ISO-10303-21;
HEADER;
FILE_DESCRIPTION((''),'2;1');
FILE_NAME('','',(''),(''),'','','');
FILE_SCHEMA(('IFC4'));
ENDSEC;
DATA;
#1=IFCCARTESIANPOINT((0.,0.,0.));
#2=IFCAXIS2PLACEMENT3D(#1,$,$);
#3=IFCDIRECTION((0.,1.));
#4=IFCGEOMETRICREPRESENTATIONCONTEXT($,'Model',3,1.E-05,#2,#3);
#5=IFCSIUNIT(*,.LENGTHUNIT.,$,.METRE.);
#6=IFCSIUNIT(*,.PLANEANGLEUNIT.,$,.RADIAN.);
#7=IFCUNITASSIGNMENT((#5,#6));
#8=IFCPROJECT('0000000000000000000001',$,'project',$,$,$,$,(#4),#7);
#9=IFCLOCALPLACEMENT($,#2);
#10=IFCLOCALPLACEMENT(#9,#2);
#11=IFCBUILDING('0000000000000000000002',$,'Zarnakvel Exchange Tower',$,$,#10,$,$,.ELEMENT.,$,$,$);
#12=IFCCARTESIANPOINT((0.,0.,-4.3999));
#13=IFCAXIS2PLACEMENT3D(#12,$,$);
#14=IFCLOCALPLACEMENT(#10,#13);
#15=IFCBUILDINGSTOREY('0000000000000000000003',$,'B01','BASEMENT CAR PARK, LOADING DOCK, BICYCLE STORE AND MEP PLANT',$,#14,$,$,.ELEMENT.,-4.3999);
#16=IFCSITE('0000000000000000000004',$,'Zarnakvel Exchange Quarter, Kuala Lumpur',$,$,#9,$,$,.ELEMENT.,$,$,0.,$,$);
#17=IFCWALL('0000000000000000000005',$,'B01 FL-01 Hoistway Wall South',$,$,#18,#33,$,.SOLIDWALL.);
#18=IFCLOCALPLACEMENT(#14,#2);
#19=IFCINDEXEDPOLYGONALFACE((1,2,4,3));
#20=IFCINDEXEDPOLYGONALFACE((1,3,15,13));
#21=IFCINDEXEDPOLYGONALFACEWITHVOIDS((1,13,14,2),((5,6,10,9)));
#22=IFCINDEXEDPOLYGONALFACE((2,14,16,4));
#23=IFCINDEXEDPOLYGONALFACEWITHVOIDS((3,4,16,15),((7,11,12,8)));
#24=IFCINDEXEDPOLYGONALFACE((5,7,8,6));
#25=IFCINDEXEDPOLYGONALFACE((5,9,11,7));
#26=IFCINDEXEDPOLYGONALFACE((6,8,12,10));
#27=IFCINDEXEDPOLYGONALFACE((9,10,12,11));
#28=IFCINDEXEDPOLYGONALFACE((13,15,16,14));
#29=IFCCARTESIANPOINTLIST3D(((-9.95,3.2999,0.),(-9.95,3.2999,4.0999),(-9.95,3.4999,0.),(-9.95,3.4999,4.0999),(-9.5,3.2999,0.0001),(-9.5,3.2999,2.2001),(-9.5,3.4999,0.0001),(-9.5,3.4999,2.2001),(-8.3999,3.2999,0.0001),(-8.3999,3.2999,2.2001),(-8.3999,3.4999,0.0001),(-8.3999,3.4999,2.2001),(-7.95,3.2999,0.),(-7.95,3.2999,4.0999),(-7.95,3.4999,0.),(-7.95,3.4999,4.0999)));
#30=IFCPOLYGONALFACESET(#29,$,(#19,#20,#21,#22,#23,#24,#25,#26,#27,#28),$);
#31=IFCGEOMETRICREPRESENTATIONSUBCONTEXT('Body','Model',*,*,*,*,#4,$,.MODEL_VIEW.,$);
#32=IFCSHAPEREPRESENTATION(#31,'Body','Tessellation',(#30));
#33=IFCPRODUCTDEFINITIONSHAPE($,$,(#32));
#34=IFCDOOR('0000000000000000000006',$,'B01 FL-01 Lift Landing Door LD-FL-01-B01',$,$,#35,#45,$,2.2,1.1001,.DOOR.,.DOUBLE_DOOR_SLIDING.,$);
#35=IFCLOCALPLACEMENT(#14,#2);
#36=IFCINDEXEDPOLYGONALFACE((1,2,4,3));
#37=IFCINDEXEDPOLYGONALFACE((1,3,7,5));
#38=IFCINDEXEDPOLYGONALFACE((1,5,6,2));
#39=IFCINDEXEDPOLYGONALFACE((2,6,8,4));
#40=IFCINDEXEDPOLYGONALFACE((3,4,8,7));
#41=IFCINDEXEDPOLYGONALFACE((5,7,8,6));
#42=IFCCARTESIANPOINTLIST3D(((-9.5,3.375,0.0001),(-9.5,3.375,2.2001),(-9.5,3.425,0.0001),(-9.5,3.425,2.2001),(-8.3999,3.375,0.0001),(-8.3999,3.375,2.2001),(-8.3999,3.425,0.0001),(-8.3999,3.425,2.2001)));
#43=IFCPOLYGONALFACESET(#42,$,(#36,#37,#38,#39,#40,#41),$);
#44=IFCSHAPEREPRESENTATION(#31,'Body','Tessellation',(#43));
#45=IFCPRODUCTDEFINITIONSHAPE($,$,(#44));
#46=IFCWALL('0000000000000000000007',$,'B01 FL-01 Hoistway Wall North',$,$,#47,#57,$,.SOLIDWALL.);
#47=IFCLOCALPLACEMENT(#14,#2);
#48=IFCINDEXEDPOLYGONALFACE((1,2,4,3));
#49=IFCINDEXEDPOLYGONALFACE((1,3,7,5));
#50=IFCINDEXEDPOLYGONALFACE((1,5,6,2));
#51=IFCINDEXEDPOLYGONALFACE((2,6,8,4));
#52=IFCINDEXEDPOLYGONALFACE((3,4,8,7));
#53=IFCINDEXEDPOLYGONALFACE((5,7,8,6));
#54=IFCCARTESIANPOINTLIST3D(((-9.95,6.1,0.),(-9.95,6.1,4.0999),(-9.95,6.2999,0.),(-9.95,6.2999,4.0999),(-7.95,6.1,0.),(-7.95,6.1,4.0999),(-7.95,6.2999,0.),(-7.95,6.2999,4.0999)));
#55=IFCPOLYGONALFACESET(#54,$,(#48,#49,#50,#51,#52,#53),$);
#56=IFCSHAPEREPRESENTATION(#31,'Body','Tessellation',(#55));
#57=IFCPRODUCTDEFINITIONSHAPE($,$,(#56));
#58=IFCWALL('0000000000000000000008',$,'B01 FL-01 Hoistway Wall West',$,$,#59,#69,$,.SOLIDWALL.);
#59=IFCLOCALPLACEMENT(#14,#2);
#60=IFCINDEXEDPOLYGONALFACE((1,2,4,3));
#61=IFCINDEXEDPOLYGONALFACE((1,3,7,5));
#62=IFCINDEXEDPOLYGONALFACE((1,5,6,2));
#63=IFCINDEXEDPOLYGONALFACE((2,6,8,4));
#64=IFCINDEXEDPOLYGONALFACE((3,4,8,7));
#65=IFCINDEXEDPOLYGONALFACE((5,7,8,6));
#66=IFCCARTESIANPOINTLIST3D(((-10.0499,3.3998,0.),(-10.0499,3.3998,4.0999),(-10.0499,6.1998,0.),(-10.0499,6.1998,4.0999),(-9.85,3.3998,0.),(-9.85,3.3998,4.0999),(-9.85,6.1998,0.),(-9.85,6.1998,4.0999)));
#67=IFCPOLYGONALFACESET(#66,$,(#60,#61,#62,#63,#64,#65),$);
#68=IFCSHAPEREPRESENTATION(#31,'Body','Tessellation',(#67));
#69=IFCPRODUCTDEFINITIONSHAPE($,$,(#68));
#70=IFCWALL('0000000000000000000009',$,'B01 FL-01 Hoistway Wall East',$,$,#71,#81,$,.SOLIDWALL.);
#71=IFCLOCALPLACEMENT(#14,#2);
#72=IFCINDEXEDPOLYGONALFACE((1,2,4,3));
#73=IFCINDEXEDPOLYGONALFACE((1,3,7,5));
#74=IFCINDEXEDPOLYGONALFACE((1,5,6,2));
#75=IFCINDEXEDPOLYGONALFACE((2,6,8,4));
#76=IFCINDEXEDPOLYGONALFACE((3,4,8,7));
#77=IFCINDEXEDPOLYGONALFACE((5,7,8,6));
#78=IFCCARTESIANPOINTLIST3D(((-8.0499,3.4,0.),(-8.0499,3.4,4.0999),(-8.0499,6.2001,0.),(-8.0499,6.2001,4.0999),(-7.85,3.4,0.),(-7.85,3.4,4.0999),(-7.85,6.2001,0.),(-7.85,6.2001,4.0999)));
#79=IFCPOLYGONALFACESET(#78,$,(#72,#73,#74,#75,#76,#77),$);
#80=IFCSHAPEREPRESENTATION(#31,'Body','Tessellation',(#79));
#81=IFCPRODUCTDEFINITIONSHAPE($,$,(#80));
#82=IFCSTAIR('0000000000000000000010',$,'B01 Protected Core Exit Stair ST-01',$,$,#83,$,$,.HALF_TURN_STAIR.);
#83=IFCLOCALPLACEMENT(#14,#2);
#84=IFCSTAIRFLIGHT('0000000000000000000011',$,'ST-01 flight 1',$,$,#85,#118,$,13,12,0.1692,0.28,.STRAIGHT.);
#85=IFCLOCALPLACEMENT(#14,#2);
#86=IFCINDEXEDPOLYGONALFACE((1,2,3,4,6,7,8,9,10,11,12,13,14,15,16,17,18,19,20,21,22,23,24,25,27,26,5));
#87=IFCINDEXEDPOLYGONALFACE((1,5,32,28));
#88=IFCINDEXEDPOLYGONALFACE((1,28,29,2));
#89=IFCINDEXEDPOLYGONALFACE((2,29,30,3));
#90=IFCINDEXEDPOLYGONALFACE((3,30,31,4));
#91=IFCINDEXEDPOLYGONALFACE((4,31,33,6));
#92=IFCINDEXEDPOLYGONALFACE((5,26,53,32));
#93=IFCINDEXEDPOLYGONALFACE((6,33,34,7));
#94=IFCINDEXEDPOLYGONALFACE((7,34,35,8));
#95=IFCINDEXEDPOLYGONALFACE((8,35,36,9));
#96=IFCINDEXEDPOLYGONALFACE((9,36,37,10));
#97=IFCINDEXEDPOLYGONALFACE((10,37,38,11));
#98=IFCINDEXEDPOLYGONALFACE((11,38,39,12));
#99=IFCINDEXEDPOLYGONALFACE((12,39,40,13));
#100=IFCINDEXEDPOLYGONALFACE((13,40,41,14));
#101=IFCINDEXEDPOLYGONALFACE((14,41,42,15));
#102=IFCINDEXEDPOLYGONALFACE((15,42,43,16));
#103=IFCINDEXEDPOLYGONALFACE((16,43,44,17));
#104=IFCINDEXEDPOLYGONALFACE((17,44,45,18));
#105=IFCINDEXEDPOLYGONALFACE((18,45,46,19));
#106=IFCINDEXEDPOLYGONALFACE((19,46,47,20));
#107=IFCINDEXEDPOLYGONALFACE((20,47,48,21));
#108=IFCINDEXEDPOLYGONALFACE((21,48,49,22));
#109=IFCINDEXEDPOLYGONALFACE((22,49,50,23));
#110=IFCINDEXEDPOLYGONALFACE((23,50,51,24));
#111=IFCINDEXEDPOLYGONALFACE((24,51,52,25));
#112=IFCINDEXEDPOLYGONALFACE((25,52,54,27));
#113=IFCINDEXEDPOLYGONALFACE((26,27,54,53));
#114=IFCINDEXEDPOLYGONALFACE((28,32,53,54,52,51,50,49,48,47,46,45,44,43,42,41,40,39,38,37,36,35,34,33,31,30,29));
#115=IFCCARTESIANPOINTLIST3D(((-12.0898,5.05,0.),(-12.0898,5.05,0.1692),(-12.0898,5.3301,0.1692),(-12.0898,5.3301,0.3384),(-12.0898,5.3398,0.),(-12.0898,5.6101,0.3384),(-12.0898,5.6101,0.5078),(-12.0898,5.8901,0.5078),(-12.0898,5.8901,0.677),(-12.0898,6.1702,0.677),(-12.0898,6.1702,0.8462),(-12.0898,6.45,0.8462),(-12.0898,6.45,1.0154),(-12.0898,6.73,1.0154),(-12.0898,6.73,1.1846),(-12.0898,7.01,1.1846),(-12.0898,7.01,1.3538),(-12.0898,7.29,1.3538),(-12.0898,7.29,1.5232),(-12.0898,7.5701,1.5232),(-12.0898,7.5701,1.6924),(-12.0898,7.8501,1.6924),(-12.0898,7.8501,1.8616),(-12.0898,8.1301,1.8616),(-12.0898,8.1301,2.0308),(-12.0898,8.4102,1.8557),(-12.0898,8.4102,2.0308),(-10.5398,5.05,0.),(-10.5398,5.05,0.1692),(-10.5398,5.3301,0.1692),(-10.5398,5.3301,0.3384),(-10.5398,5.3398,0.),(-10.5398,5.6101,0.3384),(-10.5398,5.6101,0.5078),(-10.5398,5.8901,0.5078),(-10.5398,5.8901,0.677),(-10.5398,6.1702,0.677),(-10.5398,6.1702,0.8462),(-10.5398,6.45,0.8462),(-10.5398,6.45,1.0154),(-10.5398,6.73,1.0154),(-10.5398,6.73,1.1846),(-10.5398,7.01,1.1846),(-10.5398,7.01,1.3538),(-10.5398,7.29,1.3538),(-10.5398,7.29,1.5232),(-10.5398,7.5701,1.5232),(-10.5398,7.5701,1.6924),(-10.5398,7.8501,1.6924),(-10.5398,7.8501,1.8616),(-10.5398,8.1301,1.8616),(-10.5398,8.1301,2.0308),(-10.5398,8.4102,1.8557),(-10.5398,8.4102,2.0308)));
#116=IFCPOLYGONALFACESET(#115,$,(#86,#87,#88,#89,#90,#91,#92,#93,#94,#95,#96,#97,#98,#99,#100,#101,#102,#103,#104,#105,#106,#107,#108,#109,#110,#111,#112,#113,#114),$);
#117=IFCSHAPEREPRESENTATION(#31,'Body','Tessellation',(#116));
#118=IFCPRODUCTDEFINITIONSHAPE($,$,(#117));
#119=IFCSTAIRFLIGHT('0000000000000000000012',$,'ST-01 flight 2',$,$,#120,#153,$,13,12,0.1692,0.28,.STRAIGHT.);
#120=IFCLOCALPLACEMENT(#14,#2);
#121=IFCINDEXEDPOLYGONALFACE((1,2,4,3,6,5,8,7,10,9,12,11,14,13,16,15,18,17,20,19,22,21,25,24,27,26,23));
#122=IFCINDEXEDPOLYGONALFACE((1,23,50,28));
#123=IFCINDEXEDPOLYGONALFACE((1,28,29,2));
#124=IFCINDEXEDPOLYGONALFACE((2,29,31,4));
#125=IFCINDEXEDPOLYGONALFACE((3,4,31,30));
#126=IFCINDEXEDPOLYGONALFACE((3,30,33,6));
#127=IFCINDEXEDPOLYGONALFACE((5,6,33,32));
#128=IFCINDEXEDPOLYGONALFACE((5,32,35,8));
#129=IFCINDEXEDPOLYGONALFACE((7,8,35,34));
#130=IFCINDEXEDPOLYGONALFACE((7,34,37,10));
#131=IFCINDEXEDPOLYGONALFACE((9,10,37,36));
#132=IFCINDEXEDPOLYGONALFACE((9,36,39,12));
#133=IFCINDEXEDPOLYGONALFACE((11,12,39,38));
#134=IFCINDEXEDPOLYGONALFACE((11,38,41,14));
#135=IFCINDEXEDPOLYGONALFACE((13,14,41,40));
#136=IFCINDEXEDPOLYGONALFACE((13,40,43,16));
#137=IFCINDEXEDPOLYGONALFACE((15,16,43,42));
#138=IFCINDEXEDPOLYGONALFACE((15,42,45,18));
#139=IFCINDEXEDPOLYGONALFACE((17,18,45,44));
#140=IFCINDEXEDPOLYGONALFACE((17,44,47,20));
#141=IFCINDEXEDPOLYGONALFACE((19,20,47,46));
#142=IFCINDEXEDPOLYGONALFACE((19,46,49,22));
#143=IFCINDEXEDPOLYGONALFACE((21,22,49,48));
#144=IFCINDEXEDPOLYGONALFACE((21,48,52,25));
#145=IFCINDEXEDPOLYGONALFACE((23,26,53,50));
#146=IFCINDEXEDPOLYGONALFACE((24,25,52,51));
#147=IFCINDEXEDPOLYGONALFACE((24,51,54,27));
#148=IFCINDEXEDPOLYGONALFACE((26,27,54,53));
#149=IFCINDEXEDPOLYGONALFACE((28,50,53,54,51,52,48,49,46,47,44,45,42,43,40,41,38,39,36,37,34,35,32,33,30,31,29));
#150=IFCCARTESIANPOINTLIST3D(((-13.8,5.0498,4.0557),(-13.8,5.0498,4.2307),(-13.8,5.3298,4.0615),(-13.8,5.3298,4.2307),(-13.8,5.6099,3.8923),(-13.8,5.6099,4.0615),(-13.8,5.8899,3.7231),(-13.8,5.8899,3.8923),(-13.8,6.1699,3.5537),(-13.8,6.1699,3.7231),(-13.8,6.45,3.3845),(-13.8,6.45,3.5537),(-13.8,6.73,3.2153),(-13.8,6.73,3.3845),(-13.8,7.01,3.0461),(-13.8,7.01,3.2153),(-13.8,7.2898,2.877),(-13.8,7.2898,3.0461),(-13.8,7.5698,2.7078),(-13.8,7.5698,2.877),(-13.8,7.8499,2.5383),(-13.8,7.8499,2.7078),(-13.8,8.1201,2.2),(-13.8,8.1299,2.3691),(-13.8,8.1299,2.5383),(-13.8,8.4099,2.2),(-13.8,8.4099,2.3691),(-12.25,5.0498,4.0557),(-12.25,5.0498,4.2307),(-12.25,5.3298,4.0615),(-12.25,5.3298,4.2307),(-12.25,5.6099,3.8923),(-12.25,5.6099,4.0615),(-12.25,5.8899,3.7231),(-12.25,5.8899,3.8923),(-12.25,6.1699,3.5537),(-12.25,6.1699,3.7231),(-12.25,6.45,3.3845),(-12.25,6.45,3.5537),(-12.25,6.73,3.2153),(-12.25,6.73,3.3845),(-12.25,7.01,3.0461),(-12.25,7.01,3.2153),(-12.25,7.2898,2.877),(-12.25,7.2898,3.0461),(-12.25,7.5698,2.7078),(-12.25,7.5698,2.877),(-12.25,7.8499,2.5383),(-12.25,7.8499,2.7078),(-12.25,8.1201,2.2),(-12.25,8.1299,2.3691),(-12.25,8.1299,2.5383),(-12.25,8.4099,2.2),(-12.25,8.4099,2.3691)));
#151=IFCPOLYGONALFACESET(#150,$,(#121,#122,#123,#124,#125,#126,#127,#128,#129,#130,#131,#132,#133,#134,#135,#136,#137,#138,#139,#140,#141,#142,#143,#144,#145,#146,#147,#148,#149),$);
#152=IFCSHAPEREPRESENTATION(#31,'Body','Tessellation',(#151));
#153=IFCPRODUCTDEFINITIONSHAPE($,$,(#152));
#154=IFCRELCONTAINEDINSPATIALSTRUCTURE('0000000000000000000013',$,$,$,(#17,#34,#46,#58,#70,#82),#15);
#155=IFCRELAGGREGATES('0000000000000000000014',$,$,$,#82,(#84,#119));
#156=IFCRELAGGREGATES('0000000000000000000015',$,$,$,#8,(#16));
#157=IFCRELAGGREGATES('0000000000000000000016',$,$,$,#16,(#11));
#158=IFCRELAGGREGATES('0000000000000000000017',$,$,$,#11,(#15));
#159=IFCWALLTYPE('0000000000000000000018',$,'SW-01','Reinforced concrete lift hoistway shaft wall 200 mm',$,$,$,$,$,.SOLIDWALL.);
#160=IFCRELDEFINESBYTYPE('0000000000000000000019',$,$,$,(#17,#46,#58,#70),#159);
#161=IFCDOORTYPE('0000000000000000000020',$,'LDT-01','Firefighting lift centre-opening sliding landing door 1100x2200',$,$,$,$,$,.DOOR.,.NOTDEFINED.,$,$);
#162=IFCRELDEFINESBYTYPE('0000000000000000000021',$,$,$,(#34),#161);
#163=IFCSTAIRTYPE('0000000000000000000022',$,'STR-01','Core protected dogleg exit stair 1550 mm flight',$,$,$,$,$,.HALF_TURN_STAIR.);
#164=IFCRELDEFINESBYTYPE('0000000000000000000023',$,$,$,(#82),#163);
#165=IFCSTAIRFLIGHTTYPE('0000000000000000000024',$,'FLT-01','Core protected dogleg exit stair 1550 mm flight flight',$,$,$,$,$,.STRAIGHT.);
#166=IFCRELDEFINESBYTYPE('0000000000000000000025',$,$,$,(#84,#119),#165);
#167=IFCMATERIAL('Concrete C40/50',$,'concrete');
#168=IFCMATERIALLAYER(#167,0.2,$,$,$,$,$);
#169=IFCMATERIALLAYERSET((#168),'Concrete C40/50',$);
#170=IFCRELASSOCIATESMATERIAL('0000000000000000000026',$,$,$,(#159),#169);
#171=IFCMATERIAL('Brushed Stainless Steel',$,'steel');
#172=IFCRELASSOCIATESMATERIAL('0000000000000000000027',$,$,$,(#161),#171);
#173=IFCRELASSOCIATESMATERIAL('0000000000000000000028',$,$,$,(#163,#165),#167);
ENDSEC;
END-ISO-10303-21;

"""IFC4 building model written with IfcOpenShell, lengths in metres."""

from ifc_helpers import new_model, si_unit, direction, frame, frame_2d, origin, place, context, subcontext, project, spatial, polyline, rectangle, outline, extrude, source, transform, mapped, material, layer, layer_set, type_object, element, fill, aggregate, save


model = new_model("IFC4")

# Units and contexts
model_context = context("Model", 3, precision=1e-05, world=origin(), true_north=direction((0.0, 1.0)))
body_context = subcontext(model_context, "Body", "Model", "MODEL_VIEW")
ifc_project = project(units=[si_unit("LENGTHUNIT", "METRE"), si_unit("PLANEANGLEUNIT", "RADIAN")], contexts=[model_context])

# Site, building, storey
site_placement = place(None, origin())
site = spatial("IfcSite", under=ifc_project, at=site_placement, Name="Zarnakvel Exchange Quarter, Kuala Lumpur", CompositionType="ELEMENT", RefElevation=0.0)
building_placement = place(site_placement, origin())
building = spatial("IfcBuilding", under=site, at=building_placement, Name="Zarnakvel Exchange Tower", CompositionType="ELEMENT")
storey_placement = place(building_placement, frame((0.0, 0.0, -4.3999)))
storey = spatial("IfcBuildingStorey", under=building, at=storey_placement, Name="B01", Description="BASEMENT CAR PARK, LOADING DOCK, BICYCLE STORE AND MEP PLANT", CompositionType="ELEMENT", Elevation=-4.3999)

# Wall, opening, door
ifc_material_1 = material(Name="Concrete C40/50", Category="concrete")
ifc_layer_1 = layer(ifc_material_1, 0.2)
ifc_layer_set_1 = layer_set([ifc_layer_1], Name="Concrete C40/50")
wall_type_1 = type_object("IfcWallType", Name="SW-01", Description="Reinforced concrete lift hoistway shaft wall 200 mm", PredefinedType="SOLIDWALL", material=ifc_layer_set_1)
wall_1_placement = place(storey_placement, frame((-7.95, 3.3999, 0.0), z_axis=(0.0, 0.0, 1.0), x_axis=(-1.0, 0.0, 0.0)))
wall_1 = element("IfcWall", 1, at=wall_1_placement, inside=storey, type_object=wall_type_1, Name="B01 FL-01 Hoistway Wall South", PredefinedType="SOLIDWALL", context=body_context, shape_type="SweptSolid", body=[
    extrude(rectangle(XDim=2.0, YDim=0.2, at=frame_2d((1.0, 0.0))), origin(), (0.0, 0.0, 1.0), 4.0999),
])
opening_1_placement = place(wall_1_placement, frame((0.45, 0.0, 0.0)))
opening_1 = element("IfcOpeningElement", 2, at=opening_1_placement, cuts=wall_1, PredefinedType="OPENING", context=body_context, shape_type="SweptSolid", body=[
    extrude(rectangle(XDim=1.1001, YDim=2.2, at=frame_2d((0.55, 1.1001))), frame((0.0, 0.1099, 0.0), z_axis=(0.0, -1.0, 0.0), x_axis=(1.0, 0.0, 0.0)), (0.0, 0.0, 1.0), 0.22),
])
ifc_material_2 = material(Name="Brushed Stainless Steel", Category="steel")
door_type_1 = type_object("IfcDoorType", Name="LDT-01", Description="Firefighting lift centre-opening sliding landing door 1100x2200", OperationType="NOTDEFINED", PredefinedType="DOOR", material=ifc_material_2)
shared_shape_1 = source(origin(), body_context, "Body", "SweptSolid", [
    extrude(rectangle(XDim=1.1001, YDim=2.2, at=frame_2d((0.55, 1.1001))), frame((0.0, 0.0249, 0.0), z_axis=(0.0, -1.0, 0.0), x_axis=(1.0, 0.0, 0.0)), (0.0, 0.0, 1.0), 0.05),
])
door_1_placement = place(opening_1_placement, origin())
door_1 = element("IfcDoor", 3, at=door_1_placement, inside=storey, type_object=door_type_1, Name="B01 FL-01 Lift Landing Door LD-FL-01-B01", OperationType="DOUBLE_DOOR_SLIDING", OverallHeight=2.2, OverallWidth=1.1001, PredefinedType="DOOR", context=body_context, shape_type="MappedRepresentation", body=[
    mapped(shared_shape_1, transform((0.0, 0.0, 0.0), x_axis=(1.0, 0.0, 0.0), y_axis=(0.0, 1.0, 0.0), z_axis=(0.0, 0.0, 1.0), scale=1.0)),
])
fill(opening_1, door_1)

# Walls
wall_2_placement = place(storey_placement, frame((-9.95, 6.2, 0.0), z_axis=(0.0, 0.0, 1.0), x_axis=(1.0, 0.0, 0.0)))
element("IfcWall", 4, at=wall_2_placement, inside=storey, type_object=wall_type_1, Name="B01 FL-01 Hoistway Wall North", PredefinedType="SOLIDWALL", context=body_context, shape_type="SweptSolid", body=[
    extrude(rectangle(XDim=2.0, YDim=0.2, at=frame_2d((1.0, 0.0))), origin(), (0.0, 0.0, 1.0), 4.0999),
])
for number, where, z_axis, x_axis, name in (
    (5, (-9.95, 3.3999, 0.0), (0.0, 0.0, 1.0), (0.0, 1.0, 0.0), "B01 FL-01 Hoistway Wall West"),
    (6, (-7.95, 6.2, 0.0), (0.0, 0.0, 1.0), (0.0, -1.0, 0.0), "B01 FL-01 Hoistway Wall East"),
):
    element("IfcWall", number, at=place(storey_placement, frame(where, z_axis=z_axis, x_axis=x_axis)), inside=storey, type_object=wall_type_1, Name=name, PredefinedType="SOLIDWALL", context=body_context, shape_type="SweptSolid", body=[
        extrude(rectangle(XDim=2.8, YDim=0.2, at=frame_2d((1.3999, 0.0))), origin(), (0.0, 0.0, 1.0), 4.0999),
    ])

# Stair, stair flights
stair_type = type_object("IfcStairType", Name="STR-01", Description="Core protected dogleg exit stair 1550 mm flight", PredefinedType="HALF_TURN_STAIR", material=ifc_material_1)
stair_placement = place(storey_placement, origin())
stair = element("IfcStair", 7, at=stair_placement, inside=storey, type_object=stair_type, Name="B01 Protected Core Exit Stair ST-01", PredefinedType="HALF_TURN_STAIR")
stair_flight_type = type_object("IfcStairFlightType", Name="FLT-01", Description="Core protected dogleg exit stair 1550 mm flight flight", PredefinedType="STRAIGHT", material=ifc_material_1)
stair_flight_1_placement = place(storey_placement, frame((-11.3149, 5.05, 0.0), z_axis=(0.0, 0.0, 1.0), x_axis=(0.0, 1.0, 0.0)))
stair_flight_1 = element("IfcStairFlight", 8, at=stair_flight_1_placement, type_object=stair_flight_type, Name="ST-01 flight 1", NumberOfRisers=13, NumberOfTreads=12, PredefinedType="STRAIGHT", RiserHeight=0.1692, TreadLength=0.28, context=body_context, shape_type="SweptSolid", body=[
    extrude(outline(polyline([(0.0, 0.0), (0.0, 0.1692), (0.28, 0.1692), (0.28, 0.3384), (0.5601, 0.3384), (0.5601, 0.5078), (0.8401, 0.5078), (0.8401, 0.677), (1.1201, 0.677), (1.1201, 0.8462), (1.3999, 0.8462), (1.3999, 1.0154), (1.6799, 1.0154), (1.6799, 1.1846), (1.96, 1.1846), (1.96, 1.3538), (2.24, 1.3538), (2.24, 1.5232), (2.52, 1.5232), (2.52, 1.6924), (2.8, 1.6924), (2.8, 1.8616), (3.0801, 1.8616), (3.0801, 2.0308), (3.3601, 2.0308), (3.3601, 2.2), (3.3601, 1.8557), (0.2898, 0.0), (0.0, 0.0)])), frame((0.0, 0.7749, 0.0), z_axis=(0.0, -1.0, 0.0), x_axis=(1.0, 0.0, 0.0)), (0.0, 0.0, 1.0), 1.55),
])
stair_flight_2_placement = place(storey_placement, frame((-13.0249, 8.4099, 2.2), z_axis=(0.0, 0.0, 1.0), x_axis=(0.0, -1.0, 0.0)))
stair_flight_2 = element("IfcStairFlight", 9, at=stair_flight_2_placement, type_object=stair_flight_type, Name="ST-01 flight 2", NumberOfRisers=13, NumberOfTreads=12, PredefinedType="STRAIGHT", RiserHeight=0.1692, TreadLength=0.28, context=body_context, shape_type="SweptSolid", body=[
    extrude(outline(polyline([(0.0, 0.0), (0.0, 0.1692), (0.28, 0.1692), (0.28, 0.3384), (0.5601, 0.3384), (0.5601, 0.5078), (0.8401, 0.5078), (0.8401, 0.677), (1.1201, 0.677), (1.1201, 0.8462), (1.3999, 0.8462), (1.3999, 1.0154), (1.6799, 1.0154), (1.6799, 1.1846), (1.96, 1.1846), (1.96, 1.3538), (2.24, 1.3538), (2.24, 1.5232), (2.52, 1.5232), (2.52, 1.6924), (2.8, 1.6924), (2.8, 1.8616), (3.0801, 1.8616), (3.0801, 2.0308), (3.3601, 2.0308), (3.3601, 2.2), (3.3601, 1.8557), (0.2898, 0.0), (0.0, 0.0)])), frame((0.0, 0.7749, 0.0), z_axis=(0.0, -1.0, 0.0), x_axis=(1.0, 0.0, 0.0)), (0.0, 0.0, 1.0), 1.55),
])
aggregate(stair, [stair_flight_1, stair_flight_2])

save(model, "model.ifc")
